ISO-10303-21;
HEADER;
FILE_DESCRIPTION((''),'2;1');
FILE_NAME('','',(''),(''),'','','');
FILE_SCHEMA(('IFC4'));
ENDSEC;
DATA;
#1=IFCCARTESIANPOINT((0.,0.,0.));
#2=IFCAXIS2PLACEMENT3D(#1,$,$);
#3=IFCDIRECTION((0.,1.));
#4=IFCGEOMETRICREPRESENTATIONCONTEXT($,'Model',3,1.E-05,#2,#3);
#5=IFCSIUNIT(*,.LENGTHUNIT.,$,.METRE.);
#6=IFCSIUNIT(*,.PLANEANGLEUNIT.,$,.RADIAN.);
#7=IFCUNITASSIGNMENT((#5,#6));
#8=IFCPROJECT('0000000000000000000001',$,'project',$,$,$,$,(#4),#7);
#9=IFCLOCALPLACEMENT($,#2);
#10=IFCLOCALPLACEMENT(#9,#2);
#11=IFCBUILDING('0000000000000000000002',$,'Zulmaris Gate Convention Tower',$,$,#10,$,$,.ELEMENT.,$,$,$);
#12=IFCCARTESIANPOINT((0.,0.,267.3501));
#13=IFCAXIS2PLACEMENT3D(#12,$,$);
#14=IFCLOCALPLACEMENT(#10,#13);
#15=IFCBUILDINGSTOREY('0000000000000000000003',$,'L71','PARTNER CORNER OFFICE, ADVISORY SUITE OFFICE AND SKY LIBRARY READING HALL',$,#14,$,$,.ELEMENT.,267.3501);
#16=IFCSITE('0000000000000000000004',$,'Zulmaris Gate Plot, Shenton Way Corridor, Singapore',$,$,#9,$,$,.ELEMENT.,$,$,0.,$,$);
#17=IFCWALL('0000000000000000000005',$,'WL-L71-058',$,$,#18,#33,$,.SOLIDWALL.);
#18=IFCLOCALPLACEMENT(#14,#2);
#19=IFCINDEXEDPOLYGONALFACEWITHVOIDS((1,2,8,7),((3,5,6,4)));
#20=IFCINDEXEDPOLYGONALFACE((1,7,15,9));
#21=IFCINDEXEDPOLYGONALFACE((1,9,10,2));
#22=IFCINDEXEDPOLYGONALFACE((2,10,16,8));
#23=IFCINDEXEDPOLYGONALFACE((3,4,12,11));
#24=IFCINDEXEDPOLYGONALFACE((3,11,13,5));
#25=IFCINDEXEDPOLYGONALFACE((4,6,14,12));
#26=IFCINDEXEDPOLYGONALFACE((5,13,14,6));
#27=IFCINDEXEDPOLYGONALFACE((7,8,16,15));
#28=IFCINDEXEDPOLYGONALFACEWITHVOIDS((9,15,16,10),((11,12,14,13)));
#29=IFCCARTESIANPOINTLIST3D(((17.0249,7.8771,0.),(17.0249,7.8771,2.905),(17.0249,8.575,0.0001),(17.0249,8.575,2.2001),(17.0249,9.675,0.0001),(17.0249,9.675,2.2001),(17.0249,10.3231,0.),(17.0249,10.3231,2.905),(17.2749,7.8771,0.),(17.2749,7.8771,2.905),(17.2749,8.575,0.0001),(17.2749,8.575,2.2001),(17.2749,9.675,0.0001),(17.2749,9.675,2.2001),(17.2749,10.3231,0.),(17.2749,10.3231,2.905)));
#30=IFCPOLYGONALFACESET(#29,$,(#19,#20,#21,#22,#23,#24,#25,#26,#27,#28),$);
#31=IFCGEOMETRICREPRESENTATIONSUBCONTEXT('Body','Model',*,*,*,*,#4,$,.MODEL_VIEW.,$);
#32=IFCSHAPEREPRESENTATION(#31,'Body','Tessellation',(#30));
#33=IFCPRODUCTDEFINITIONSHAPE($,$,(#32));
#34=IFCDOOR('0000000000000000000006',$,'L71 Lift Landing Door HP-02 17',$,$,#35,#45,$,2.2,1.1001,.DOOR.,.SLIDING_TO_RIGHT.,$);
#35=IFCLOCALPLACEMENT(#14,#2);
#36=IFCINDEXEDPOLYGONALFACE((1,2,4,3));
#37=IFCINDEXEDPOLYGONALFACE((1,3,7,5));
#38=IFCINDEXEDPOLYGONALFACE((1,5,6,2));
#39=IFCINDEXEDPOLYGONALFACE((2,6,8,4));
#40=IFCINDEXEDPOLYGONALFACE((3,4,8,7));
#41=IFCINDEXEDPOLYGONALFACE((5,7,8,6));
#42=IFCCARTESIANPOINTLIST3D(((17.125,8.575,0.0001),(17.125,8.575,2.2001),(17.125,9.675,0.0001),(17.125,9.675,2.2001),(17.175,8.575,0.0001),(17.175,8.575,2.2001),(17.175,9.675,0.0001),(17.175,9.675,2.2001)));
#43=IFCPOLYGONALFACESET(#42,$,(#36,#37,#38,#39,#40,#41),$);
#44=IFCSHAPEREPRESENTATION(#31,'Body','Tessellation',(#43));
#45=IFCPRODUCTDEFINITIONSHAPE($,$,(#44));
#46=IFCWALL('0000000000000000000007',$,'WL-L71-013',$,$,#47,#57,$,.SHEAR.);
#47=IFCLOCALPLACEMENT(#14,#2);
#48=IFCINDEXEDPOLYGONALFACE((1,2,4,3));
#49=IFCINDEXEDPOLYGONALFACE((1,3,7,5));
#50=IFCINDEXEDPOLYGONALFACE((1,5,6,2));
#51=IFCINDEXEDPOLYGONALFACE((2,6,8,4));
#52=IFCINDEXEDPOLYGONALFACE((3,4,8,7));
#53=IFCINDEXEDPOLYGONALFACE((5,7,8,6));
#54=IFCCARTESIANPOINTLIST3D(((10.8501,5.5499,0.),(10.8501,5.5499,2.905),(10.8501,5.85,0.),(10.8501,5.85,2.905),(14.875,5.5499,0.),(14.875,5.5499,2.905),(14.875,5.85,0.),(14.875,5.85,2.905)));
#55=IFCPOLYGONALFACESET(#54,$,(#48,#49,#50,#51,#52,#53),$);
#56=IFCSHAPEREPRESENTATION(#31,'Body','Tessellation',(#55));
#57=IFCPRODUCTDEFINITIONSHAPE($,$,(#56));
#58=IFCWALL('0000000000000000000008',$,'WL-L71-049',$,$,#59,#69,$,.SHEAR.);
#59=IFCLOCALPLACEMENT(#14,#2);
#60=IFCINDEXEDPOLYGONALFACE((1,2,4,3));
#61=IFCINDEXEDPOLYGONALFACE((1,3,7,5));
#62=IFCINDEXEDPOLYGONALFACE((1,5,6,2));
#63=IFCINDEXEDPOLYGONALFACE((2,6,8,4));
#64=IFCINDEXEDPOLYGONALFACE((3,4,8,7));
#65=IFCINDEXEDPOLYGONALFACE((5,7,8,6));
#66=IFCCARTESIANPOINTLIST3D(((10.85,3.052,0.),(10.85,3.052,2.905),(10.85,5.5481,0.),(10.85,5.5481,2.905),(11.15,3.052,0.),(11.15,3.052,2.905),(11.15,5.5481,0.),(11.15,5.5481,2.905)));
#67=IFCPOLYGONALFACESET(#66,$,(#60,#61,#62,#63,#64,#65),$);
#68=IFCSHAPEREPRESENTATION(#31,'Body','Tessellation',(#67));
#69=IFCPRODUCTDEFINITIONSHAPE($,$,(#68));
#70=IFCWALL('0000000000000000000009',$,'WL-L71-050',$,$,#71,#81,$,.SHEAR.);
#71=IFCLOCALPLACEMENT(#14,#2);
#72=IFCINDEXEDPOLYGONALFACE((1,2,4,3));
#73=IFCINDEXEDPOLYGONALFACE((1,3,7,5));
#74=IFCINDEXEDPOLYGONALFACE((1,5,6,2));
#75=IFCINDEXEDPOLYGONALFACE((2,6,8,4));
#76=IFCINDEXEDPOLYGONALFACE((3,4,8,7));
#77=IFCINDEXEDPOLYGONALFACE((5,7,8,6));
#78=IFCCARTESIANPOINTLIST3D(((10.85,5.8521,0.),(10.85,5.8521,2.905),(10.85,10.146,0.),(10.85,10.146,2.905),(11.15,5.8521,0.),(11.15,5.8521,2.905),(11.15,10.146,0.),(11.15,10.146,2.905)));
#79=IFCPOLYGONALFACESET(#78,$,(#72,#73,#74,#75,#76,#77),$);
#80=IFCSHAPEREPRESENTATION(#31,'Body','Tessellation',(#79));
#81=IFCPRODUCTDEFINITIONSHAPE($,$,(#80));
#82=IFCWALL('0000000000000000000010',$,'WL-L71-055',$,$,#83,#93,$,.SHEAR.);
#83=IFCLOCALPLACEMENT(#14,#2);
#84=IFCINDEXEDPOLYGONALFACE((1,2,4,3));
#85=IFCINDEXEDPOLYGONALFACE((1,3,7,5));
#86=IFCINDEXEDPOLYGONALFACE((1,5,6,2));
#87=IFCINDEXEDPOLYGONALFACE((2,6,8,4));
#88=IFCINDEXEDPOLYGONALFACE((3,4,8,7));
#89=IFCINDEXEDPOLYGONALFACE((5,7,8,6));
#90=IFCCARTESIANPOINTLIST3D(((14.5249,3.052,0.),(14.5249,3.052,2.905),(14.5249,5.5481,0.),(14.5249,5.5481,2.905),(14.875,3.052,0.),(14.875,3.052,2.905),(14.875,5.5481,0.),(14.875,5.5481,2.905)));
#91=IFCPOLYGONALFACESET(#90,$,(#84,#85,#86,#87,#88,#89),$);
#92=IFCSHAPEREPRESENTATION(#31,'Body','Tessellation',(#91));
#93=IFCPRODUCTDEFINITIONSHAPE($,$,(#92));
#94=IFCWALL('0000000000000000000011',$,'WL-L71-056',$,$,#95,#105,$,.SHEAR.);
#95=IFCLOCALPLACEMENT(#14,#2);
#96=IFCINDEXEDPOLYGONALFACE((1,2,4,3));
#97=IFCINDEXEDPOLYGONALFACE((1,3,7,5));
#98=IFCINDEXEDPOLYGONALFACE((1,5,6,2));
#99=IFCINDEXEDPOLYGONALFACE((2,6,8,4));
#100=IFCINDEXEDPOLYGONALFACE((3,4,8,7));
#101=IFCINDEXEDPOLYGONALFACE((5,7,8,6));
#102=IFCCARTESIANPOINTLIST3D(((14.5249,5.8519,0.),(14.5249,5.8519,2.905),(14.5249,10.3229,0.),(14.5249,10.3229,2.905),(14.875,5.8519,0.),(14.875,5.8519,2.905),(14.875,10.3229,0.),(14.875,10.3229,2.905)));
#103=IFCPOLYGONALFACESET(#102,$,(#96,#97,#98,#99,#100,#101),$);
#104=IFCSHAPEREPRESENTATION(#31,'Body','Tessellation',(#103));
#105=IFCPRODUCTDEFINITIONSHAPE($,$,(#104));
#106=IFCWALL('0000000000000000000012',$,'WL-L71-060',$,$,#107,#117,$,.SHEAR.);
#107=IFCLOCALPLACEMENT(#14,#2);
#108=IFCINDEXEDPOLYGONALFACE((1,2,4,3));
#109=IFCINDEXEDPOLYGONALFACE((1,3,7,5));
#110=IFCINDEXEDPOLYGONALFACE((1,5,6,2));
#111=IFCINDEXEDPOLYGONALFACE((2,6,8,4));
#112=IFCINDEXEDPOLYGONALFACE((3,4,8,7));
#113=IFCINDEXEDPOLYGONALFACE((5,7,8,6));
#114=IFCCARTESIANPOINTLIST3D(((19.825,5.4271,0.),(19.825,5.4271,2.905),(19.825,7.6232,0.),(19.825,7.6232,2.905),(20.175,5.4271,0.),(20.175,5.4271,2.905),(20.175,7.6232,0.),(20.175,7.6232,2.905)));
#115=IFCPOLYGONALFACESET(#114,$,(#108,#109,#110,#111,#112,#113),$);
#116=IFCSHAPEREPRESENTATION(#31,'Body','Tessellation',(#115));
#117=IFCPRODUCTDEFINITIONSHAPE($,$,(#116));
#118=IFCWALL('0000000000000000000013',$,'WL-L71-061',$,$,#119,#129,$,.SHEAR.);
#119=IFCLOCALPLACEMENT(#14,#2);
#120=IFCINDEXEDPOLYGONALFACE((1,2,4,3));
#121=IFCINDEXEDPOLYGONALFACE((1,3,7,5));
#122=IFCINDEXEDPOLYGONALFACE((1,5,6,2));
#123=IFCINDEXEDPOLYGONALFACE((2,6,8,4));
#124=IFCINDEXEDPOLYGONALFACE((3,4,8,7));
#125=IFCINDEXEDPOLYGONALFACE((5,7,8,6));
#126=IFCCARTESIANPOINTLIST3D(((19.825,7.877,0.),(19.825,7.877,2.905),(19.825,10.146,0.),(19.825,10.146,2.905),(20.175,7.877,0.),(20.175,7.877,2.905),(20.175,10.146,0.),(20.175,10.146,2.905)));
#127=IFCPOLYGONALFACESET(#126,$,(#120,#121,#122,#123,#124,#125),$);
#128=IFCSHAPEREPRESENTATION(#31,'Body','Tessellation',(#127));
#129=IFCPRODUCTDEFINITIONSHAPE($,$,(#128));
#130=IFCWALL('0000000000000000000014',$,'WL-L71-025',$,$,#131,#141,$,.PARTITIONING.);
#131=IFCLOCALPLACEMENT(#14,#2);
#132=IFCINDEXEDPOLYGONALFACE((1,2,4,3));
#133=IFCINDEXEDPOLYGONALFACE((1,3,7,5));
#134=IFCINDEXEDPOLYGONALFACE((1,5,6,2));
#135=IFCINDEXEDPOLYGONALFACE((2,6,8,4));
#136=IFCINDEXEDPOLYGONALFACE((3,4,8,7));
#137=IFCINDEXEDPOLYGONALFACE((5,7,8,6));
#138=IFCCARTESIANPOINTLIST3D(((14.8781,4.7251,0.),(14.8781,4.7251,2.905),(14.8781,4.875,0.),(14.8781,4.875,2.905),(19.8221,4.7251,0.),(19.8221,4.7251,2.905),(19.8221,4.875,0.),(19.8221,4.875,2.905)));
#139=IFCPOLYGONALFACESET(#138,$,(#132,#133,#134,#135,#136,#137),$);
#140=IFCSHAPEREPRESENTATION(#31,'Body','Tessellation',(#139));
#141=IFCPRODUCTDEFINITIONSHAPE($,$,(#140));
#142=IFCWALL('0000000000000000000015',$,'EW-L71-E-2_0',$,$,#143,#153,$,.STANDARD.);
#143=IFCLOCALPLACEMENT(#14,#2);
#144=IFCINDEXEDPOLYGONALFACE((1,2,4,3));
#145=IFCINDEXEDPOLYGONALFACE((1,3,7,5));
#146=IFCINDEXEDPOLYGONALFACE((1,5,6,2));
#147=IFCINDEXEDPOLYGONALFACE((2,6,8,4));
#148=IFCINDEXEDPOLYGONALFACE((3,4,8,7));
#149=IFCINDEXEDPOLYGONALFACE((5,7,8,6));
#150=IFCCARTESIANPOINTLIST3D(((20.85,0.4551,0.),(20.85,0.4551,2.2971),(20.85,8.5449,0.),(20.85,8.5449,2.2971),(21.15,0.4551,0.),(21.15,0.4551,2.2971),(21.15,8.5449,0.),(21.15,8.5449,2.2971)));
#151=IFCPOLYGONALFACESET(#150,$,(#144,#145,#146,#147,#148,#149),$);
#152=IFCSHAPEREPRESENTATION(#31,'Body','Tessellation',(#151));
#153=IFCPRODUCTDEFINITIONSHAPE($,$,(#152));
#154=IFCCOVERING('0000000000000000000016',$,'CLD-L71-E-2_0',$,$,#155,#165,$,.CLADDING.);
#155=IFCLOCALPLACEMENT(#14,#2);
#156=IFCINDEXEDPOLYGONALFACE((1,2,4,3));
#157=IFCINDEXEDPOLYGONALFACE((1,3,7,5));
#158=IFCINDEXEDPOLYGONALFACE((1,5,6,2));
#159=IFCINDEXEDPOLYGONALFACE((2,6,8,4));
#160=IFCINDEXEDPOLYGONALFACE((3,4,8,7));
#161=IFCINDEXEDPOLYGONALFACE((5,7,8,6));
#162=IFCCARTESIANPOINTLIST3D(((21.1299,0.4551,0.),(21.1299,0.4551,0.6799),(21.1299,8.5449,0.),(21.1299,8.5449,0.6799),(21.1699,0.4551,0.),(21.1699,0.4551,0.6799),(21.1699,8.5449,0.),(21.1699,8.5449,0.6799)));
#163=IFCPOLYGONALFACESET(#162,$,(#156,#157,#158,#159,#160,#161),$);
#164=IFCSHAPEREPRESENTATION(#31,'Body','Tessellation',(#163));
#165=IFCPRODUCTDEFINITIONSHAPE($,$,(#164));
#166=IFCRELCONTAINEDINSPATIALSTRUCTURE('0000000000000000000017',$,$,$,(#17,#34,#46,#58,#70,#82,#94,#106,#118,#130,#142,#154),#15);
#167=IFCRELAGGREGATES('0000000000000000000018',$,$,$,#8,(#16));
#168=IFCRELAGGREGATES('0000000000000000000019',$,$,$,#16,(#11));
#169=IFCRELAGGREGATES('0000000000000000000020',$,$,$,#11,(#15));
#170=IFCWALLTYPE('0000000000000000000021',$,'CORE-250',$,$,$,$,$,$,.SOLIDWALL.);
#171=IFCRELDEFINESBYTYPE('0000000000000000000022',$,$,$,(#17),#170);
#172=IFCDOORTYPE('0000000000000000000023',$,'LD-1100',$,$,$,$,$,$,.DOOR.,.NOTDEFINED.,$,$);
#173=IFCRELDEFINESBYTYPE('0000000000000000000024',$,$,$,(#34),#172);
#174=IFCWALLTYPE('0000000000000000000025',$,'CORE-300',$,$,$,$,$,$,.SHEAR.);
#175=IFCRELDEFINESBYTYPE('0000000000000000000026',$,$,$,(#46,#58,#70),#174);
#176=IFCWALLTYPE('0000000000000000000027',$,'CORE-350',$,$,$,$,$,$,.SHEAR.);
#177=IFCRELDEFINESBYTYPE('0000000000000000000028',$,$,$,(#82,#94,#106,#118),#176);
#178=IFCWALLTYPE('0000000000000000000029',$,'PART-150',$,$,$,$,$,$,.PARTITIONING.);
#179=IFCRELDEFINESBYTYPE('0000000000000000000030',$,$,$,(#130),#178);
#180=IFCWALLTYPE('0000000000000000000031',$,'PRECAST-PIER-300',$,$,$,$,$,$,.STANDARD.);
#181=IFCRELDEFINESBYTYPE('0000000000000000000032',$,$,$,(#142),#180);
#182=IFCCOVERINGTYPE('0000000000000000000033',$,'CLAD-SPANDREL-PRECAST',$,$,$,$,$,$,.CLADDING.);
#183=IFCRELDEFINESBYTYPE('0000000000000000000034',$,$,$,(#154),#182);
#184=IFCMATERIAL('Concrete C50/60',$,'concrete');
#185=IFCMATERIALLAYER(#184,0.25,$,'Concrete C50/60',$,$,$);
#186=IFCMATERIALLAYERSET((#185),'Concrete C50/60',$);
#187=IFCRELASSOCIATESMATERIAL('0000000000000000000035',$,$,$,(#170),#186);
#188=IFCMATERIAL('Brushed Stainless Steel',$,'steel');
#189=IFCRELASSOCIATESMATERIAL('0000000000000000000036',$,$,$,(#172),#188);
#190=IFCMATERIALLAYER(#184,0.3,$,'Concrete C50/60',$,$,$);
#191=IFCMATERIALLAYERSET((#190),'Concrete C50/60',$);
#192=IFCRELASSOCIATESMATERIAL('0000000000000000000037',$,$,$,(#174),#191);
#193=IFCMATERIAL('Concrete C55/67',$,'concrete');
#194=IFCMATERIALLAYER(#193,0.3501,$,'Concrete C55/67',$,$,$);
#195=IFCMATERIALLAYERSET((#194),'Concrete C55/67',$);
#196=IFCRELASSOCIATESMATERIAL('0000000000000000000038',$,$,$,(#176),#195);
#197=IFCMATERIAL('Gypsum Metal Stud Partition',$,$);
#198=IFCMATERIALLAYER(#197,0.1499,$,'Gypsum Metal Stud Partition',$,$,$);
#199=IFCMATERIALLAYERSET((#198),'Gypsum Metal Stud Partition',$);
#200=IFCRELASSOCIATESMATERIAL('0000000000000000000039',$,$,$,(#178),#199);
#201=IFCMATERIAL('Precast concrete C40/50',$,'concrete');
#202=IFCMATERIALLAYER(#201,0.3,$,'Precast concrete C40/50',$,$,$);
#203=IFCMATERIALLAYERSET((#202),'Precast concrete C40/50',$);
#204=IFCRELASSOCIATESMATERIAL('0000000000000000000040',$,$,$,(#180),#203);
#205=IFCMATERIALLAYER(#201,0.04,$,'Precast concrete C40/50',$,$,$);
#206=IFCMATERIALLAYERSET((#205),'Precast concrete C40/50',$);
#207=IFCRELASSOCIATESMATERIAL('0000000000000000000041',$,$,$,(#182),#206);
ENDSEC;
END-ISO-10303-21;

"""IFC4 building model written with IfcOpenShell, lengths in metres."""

from ifc_helpers import new_model, si_unit, direction, frame, frame_2d, origin, place, context, subcontext, project, spatial, rectangle, extrude, material, layer, layer_set, type_object, element, fill, save


model = new_model("IFC4")

# Units and contexts
model_context = context("Model", 3, precision=1e-05, world=origin(), true_north=direction((0.0, 1.0)))
body_context = subcontext(model_context, "Body", "Model", "MODEL_VIEW")
ifc_project = project(units=[si_unit("LENGTHUNIT", "METRE"), si_unit("PLANEANGLEUNIT", "RADIAN")], contexts=[model_context])

# Site, building, storey
site_placement = place(None, origin())
site = spatial("IfcSite", under=ifc_project, at=site_placement, Name="Zulmaris Gate Plot, Shenton Way Corridor, Singapore", CompositionType="ELEMENT", RefElevation=0.0)
building_placement = place(site_placement, origin())
building = spatial("IfcBuilding", under=site, at=building_placement, Name="Zulmaris Gate Convention Tower", CompositionType="ELEMENT")
storey_placement = place(building_placement, frame((0.0, 0.0, 267.3501)))
storey = spatial("IfcBuildingStorey", under=building, at=storey_placement, Name="L71", Description="PARTNER CORNER OFFICE, ADVISORY SUITE OFFICE AND SKY LIBRARY READING HALL", CompositionType="ELEMENT", Elevation=267.3501)

# Shared definitions
ifc_material_1 = material(Name="Concrete C50/60", Category="concrete")

# Shared definitions
ifc_layer_1 = layer(ifc_material_1, 0.25, Name="Concrete C50/60")
ifc_layer_set_1 = layer_set([ifc_layer_1], Name="Concrete C50/60")
wall_type_1 = type_object("IfcWallType", Name="CORE-250", PredefinedType="SOLIDWALL", material=ifc_layer_set_1)

# Wall, opening, door
ifc_material_2 = material(Name="Brushed Stainless Steel", Category="steel")
door_type_1 = type_object("IfcDoorType", Name="LD-1100", OperationType="NOTDEFINED", PredefinedType="DOOR", material=ifc_material_2)
wall_1_placement = place(storey_placement, frame((17.1499, 7.877, 0.0), z_axis=(0.0, 0.0, 1.0), x_axis=(0.0, 1.0, 0.0)))
wall_1 = element("IfcWall", 1, at=wall_1_placement, inside=storey, type_object=wall_type_1, Name="WL-L71-058", PredefinedType="SOLIDWALL", context=body_context, shape_type="SweptSolid", body=[
    extrude(rectangle(XDim=2.446, YDim=0.25, at=frame_2d((1.2231, 0.0))), origin(), (0.0, 0.0, 1.0), 2.905),
])
opening_1_placement = place(wall_1_placement, frame((0.698, 0.0, 0.0)))
opening_1 = element("IfcOpeningElement", 2, at=opening_1_placement, cuts=wall_1, PredefinedType="OPENING", context=body_context, shape_type="SweptSolid", body=[
    extrude(rectangle(XDim=1.1001, YDim=2.2, at=frame_2d((0.55, 1.1001))), frame((0.0, 0.135, 0.0), z_axis=(0.0, -1.0, 0.0), x_axis=(1.0, 0.0, 0.0)), (0.0, 0.0, 1.0), 0.27),
])
door_1_placement = place(opening_1_placement, origin())
door_1 = element("IfcDoor", 3, at=door_1_placement, inside=storey, type_object=door_type_1, Name="L71 Lift Landing Door HP-02 17", OperationType="SLIDING_TO_RIGHT", OverallHeight=2.2, OverallWidth=1.1001, PredefinedType="DOOR", context=body_context, shape_type="SweptSolid", body=[
    extrude(rectangle(XDim=1.1001, YDim=2.2, at=frame_2d((0.55, 1.1001))), frame((0.0, 0.0249, 0.0), z_axis=(0.0, -1.0, 0.0), x_axis=(1.0, 0.0, 0.0)), (0.0, 0.0, 1.0), 0.05),
])
fill(opening_1, door_1)

# Wall
ifc_layer_2 = layer(ifc_material_1, 0.3, Name="Concrete C50/60")
ifc_layer_set_2 = layer_set([ifc_layer_2], Name="Concrete C50/60")
wall_type_2 = type_object("IfcWallType", Name="CORE-300", PredefinedType="SHEAR", material=ifc_layer_set_2)
wall_2_placement = place(storey_placement, frame((10.8501, 5.7, 0.0), z_axis=(0.0, 0.0, 1.0), x_axis=(1.0, 0.0, 0.0)))
element("IfcWall", 4, at=wall_2_placement, inside=storey, type_object=wall_type_2, Name="WL-L71-013", PredefinedType="SHEAR", context=body_context, shape_type="SweptSolid", body=[
    extrude(rectangle(XDim=4.0249, YDim=0.3, at=frame_2d((2.0125, 0.0))), origin(), (0.0, 0.0, 1.0), 2.905),
])

# Walls
wall_3_placement = place(storey_placement, frame((11.0, 3.052, 0.0), z_axis=(0.0, 0.0, 1.0), x_axis=(0.0, 1.0, 0.0)))
element("IfcWall", 5, at=wall_3_placement, inside=storey, type_object=wall_type_2, Name="WL-L71-049", PredefinedType="SHEAR", context=body_context, shape_type="SweptSolid", body=[
    extrude(rectangle(XDim=2.4961, YDim=0.3, at=frame_2d((1.248, 0.0))), origin(), (0.0, 0.0, 1.0), 2.905),
])
wall_4_placement = place(storey_placement, frame((11.0, 5.8521, 0.0), z_axis=(0.0, 0.0, 1.0), x_axis=(0.0, 1.0, 0.0)))
element("IfcWall", 6, at=wall_4_placement, inside=storey, type_object=wall_type_2, Name="WL-L71-050", PredefinedType="SHEAR", context=body_context, shape_type="SweptSolid", body=[
    extrude(rectangle(XDim=4.2939, YDim=0.3, at=frame_2d((2.147, 0.0))), origin(), (0.0, 0.0, 1.0), 2.905),
])
ifc_material_3 = material(Name="Concrete C55/67", Category="concrete")
ifc_layer_3 = layer(ifc_material_3, 0.3501, Name="Concrete C55/67")
ifc_layer_set_3 = layer_set([ifc_layer_3], Name="Concrete C55/67")
wall_type_3 = type_object("IfcWallType", Name="CORE-350", PredefinedType="SHEAR", material=ifc_layer_set_3)
wall_5_placement = place(storey_placement, frame((14.7, 3.052, 0.0), z_axis=(0.0, 0.0, 1.0), x_axis=(0.0, 1.0, 0.0)))
element("IfcWall", 7, at=wall_5_placement, inside=storey, type_object=wall_type_3, Name="WL-L71-055", PredefinedType="SHEAR", context=body_context, shape_type="SweptSolid", body=[
    extrude(rectangle(XDim=2.4961, YDim=0.3501, at=frame_2d((1.248, 0.0))), origin(), (0.0, 0.0, 1.0), 2.905),
])
wall_6_placement = place(storey_placement, frame((14.7, 5.8521, 0.0), z_axis=(0.0, 0.0, 1.0), x_axis=(0.0, 1.0, 0.0)))
element("IfcWall", 8, at=wall_6_placement, inside=storey, type_object=wall_type_3, Name="WL-L71-056", PredefinedType="SHEAR", context=body_context, shape_type="SweptSolid", body=[
    extrude(rectangle(XDim=4.4709, YDim=0.3501, at=frame_2d((2.2354, 0.0))), origin(), (0.0, 0.0, 1.0), 2.905),
])
wall_7_placement = place(storey_placement, frame((20.0, 5.427, 0.0), z_axis=(0.0, 0.0, 1.0), x_axis=(0.0, 1.0, 0.0)))
element("IfcWall", 9, at=wall_7_placement, inside=storey, type_object=wall_type_3, Name="WL-L71-060", PredefinedType="SHEAR", context=body_context, shape_type="SweptSolid", body=[
    extrude(rectangle(XDim=2.196, YDim=0.3501, at=frame_2d((1.0981, 0.0))), origin(), (0.0, 0.0, 1.0), 2.905),
])
wall_8_placement = place(storey_placement, frame((20.0, 7.877, 0.0), z_axis=(0.0, 0.0, 1.0), x_axis=(0.0, 1.0, 0.0)))
element("IfcWall", 10, at=wall_8_placement, inside=storey, type_object=wall_type_3, Name="WL-L71-061", PredefinedType="SHEAR", context=body_context, shape_type="SweptSolid", body=[
    extrude(rectangle(XDim=2.269, YDim=0.3501, at=frame_2d((1.1345, 0.0))), origin(), (0.0, 0.0, 1.0), 2.905),
])
ifc_material_4 = material(Name="Gypsum Metal Stud Partition")
ifc_layer_4 = layer(ifc_material_4, 0.1499, Name="Gypsum Metal Stud Partition")
ifc_layer_set_4 = layer_set([ifc_layer_4], Name="Gypsum Metal Stud Partition")
wall_type_4 = type_object("IfcWallType", Name="PART-150", PredefinedType="PARTITIONING", material=ifc_layer_set_4)
wall_9_placement = place(storey_placement, frame((14.8779, 4.8, 0.0), z_axis=(0.0, 0.0, 1.0), x_axis=(1.0, 0.0, 0.0)))
element("IfcWall", 11, at=wall_9_placement, inside=storey, type_object=wall_type_4, Name="WL-L71-025", PredefinedType="PARTITIONING", context=body_context, shape_type="SweptSolid", body=[
    extrude(rectangle(XDim=4.9441, YDim=0.1499, at=frame_2d((2.4722, 0.0))), origin(), (0.0, 0.0, 1.0), 2.905),
])
ifc_material_5 = material(Name="Precast concrete C40/50", Category="concrete")
ifc_layer_5 = layer(ifc_material_5, 0.3, Name="Precast concrete C40/50")
ifc_layer_set_5 = layer_set([ifc_layer_5], Name="Precast concrete C40/50")
wall_type_5 = type_object("IfcWallType", Name="PRECAST-PIER-300", PredefinedType="STANDARD", material=ifc_layer_set_5)
wall_10_placement = place(storey_placement, frame((21.0, 0.4551, 0.0), z_axis=(0.0, 0.0, 1.0), x_axis=(0.0, 1.0, 0.0)))
element("IfcWall", 12, at=wall_10_placement, inside=storey, type_object=wall_type_5, Name="EW-L71-E-2_0", PredefinedType="STANDARD", context=body_context, shape_type="SweptSolid", body=[
    extrude(rectangle(XDim=8.0898, YDim=0.3, at=frame_2d((4.0449, 0.0))), origin(), (0.0, 0.0, 1.0), 2.2971),
])

# Covering
ifc_layer_6 = layer(ifc_material_5, 0.04, Name="Precast concrete C40/50")
ifc_layer_set_6 = layer_set([ifc_layer_6], Name="Precast concrete C40/50")
covering_type = type_object("IfcCoveringType", Name="CLAD-SPANDREL-PRECAST", PredefinedType="CLADDING", material=ifc_layer_set_6)
covering_placement = place(storey_placement, frame((21.1499, 0.4551, 0.0), z_axis=(0.0, 0.0, 1.0), x_axis=(0.0, 1.0, 0.0)))
element("IfcCovering", 13, at=covering_placement, inside=storey, type_object=covering_type, Name="CLD-L71-E-2_0", PredefinedType="CLADDING", context=body_context, shape_type="SweptSolid", body=[
    extrude(rectangle(XDim=8.0898, YDim=0.04, at=frame_2d((4.0449, 0.0))), origin(), (0.0, 0.0, 1.0), 0.6799),
])

save(model, "model.ifc")
